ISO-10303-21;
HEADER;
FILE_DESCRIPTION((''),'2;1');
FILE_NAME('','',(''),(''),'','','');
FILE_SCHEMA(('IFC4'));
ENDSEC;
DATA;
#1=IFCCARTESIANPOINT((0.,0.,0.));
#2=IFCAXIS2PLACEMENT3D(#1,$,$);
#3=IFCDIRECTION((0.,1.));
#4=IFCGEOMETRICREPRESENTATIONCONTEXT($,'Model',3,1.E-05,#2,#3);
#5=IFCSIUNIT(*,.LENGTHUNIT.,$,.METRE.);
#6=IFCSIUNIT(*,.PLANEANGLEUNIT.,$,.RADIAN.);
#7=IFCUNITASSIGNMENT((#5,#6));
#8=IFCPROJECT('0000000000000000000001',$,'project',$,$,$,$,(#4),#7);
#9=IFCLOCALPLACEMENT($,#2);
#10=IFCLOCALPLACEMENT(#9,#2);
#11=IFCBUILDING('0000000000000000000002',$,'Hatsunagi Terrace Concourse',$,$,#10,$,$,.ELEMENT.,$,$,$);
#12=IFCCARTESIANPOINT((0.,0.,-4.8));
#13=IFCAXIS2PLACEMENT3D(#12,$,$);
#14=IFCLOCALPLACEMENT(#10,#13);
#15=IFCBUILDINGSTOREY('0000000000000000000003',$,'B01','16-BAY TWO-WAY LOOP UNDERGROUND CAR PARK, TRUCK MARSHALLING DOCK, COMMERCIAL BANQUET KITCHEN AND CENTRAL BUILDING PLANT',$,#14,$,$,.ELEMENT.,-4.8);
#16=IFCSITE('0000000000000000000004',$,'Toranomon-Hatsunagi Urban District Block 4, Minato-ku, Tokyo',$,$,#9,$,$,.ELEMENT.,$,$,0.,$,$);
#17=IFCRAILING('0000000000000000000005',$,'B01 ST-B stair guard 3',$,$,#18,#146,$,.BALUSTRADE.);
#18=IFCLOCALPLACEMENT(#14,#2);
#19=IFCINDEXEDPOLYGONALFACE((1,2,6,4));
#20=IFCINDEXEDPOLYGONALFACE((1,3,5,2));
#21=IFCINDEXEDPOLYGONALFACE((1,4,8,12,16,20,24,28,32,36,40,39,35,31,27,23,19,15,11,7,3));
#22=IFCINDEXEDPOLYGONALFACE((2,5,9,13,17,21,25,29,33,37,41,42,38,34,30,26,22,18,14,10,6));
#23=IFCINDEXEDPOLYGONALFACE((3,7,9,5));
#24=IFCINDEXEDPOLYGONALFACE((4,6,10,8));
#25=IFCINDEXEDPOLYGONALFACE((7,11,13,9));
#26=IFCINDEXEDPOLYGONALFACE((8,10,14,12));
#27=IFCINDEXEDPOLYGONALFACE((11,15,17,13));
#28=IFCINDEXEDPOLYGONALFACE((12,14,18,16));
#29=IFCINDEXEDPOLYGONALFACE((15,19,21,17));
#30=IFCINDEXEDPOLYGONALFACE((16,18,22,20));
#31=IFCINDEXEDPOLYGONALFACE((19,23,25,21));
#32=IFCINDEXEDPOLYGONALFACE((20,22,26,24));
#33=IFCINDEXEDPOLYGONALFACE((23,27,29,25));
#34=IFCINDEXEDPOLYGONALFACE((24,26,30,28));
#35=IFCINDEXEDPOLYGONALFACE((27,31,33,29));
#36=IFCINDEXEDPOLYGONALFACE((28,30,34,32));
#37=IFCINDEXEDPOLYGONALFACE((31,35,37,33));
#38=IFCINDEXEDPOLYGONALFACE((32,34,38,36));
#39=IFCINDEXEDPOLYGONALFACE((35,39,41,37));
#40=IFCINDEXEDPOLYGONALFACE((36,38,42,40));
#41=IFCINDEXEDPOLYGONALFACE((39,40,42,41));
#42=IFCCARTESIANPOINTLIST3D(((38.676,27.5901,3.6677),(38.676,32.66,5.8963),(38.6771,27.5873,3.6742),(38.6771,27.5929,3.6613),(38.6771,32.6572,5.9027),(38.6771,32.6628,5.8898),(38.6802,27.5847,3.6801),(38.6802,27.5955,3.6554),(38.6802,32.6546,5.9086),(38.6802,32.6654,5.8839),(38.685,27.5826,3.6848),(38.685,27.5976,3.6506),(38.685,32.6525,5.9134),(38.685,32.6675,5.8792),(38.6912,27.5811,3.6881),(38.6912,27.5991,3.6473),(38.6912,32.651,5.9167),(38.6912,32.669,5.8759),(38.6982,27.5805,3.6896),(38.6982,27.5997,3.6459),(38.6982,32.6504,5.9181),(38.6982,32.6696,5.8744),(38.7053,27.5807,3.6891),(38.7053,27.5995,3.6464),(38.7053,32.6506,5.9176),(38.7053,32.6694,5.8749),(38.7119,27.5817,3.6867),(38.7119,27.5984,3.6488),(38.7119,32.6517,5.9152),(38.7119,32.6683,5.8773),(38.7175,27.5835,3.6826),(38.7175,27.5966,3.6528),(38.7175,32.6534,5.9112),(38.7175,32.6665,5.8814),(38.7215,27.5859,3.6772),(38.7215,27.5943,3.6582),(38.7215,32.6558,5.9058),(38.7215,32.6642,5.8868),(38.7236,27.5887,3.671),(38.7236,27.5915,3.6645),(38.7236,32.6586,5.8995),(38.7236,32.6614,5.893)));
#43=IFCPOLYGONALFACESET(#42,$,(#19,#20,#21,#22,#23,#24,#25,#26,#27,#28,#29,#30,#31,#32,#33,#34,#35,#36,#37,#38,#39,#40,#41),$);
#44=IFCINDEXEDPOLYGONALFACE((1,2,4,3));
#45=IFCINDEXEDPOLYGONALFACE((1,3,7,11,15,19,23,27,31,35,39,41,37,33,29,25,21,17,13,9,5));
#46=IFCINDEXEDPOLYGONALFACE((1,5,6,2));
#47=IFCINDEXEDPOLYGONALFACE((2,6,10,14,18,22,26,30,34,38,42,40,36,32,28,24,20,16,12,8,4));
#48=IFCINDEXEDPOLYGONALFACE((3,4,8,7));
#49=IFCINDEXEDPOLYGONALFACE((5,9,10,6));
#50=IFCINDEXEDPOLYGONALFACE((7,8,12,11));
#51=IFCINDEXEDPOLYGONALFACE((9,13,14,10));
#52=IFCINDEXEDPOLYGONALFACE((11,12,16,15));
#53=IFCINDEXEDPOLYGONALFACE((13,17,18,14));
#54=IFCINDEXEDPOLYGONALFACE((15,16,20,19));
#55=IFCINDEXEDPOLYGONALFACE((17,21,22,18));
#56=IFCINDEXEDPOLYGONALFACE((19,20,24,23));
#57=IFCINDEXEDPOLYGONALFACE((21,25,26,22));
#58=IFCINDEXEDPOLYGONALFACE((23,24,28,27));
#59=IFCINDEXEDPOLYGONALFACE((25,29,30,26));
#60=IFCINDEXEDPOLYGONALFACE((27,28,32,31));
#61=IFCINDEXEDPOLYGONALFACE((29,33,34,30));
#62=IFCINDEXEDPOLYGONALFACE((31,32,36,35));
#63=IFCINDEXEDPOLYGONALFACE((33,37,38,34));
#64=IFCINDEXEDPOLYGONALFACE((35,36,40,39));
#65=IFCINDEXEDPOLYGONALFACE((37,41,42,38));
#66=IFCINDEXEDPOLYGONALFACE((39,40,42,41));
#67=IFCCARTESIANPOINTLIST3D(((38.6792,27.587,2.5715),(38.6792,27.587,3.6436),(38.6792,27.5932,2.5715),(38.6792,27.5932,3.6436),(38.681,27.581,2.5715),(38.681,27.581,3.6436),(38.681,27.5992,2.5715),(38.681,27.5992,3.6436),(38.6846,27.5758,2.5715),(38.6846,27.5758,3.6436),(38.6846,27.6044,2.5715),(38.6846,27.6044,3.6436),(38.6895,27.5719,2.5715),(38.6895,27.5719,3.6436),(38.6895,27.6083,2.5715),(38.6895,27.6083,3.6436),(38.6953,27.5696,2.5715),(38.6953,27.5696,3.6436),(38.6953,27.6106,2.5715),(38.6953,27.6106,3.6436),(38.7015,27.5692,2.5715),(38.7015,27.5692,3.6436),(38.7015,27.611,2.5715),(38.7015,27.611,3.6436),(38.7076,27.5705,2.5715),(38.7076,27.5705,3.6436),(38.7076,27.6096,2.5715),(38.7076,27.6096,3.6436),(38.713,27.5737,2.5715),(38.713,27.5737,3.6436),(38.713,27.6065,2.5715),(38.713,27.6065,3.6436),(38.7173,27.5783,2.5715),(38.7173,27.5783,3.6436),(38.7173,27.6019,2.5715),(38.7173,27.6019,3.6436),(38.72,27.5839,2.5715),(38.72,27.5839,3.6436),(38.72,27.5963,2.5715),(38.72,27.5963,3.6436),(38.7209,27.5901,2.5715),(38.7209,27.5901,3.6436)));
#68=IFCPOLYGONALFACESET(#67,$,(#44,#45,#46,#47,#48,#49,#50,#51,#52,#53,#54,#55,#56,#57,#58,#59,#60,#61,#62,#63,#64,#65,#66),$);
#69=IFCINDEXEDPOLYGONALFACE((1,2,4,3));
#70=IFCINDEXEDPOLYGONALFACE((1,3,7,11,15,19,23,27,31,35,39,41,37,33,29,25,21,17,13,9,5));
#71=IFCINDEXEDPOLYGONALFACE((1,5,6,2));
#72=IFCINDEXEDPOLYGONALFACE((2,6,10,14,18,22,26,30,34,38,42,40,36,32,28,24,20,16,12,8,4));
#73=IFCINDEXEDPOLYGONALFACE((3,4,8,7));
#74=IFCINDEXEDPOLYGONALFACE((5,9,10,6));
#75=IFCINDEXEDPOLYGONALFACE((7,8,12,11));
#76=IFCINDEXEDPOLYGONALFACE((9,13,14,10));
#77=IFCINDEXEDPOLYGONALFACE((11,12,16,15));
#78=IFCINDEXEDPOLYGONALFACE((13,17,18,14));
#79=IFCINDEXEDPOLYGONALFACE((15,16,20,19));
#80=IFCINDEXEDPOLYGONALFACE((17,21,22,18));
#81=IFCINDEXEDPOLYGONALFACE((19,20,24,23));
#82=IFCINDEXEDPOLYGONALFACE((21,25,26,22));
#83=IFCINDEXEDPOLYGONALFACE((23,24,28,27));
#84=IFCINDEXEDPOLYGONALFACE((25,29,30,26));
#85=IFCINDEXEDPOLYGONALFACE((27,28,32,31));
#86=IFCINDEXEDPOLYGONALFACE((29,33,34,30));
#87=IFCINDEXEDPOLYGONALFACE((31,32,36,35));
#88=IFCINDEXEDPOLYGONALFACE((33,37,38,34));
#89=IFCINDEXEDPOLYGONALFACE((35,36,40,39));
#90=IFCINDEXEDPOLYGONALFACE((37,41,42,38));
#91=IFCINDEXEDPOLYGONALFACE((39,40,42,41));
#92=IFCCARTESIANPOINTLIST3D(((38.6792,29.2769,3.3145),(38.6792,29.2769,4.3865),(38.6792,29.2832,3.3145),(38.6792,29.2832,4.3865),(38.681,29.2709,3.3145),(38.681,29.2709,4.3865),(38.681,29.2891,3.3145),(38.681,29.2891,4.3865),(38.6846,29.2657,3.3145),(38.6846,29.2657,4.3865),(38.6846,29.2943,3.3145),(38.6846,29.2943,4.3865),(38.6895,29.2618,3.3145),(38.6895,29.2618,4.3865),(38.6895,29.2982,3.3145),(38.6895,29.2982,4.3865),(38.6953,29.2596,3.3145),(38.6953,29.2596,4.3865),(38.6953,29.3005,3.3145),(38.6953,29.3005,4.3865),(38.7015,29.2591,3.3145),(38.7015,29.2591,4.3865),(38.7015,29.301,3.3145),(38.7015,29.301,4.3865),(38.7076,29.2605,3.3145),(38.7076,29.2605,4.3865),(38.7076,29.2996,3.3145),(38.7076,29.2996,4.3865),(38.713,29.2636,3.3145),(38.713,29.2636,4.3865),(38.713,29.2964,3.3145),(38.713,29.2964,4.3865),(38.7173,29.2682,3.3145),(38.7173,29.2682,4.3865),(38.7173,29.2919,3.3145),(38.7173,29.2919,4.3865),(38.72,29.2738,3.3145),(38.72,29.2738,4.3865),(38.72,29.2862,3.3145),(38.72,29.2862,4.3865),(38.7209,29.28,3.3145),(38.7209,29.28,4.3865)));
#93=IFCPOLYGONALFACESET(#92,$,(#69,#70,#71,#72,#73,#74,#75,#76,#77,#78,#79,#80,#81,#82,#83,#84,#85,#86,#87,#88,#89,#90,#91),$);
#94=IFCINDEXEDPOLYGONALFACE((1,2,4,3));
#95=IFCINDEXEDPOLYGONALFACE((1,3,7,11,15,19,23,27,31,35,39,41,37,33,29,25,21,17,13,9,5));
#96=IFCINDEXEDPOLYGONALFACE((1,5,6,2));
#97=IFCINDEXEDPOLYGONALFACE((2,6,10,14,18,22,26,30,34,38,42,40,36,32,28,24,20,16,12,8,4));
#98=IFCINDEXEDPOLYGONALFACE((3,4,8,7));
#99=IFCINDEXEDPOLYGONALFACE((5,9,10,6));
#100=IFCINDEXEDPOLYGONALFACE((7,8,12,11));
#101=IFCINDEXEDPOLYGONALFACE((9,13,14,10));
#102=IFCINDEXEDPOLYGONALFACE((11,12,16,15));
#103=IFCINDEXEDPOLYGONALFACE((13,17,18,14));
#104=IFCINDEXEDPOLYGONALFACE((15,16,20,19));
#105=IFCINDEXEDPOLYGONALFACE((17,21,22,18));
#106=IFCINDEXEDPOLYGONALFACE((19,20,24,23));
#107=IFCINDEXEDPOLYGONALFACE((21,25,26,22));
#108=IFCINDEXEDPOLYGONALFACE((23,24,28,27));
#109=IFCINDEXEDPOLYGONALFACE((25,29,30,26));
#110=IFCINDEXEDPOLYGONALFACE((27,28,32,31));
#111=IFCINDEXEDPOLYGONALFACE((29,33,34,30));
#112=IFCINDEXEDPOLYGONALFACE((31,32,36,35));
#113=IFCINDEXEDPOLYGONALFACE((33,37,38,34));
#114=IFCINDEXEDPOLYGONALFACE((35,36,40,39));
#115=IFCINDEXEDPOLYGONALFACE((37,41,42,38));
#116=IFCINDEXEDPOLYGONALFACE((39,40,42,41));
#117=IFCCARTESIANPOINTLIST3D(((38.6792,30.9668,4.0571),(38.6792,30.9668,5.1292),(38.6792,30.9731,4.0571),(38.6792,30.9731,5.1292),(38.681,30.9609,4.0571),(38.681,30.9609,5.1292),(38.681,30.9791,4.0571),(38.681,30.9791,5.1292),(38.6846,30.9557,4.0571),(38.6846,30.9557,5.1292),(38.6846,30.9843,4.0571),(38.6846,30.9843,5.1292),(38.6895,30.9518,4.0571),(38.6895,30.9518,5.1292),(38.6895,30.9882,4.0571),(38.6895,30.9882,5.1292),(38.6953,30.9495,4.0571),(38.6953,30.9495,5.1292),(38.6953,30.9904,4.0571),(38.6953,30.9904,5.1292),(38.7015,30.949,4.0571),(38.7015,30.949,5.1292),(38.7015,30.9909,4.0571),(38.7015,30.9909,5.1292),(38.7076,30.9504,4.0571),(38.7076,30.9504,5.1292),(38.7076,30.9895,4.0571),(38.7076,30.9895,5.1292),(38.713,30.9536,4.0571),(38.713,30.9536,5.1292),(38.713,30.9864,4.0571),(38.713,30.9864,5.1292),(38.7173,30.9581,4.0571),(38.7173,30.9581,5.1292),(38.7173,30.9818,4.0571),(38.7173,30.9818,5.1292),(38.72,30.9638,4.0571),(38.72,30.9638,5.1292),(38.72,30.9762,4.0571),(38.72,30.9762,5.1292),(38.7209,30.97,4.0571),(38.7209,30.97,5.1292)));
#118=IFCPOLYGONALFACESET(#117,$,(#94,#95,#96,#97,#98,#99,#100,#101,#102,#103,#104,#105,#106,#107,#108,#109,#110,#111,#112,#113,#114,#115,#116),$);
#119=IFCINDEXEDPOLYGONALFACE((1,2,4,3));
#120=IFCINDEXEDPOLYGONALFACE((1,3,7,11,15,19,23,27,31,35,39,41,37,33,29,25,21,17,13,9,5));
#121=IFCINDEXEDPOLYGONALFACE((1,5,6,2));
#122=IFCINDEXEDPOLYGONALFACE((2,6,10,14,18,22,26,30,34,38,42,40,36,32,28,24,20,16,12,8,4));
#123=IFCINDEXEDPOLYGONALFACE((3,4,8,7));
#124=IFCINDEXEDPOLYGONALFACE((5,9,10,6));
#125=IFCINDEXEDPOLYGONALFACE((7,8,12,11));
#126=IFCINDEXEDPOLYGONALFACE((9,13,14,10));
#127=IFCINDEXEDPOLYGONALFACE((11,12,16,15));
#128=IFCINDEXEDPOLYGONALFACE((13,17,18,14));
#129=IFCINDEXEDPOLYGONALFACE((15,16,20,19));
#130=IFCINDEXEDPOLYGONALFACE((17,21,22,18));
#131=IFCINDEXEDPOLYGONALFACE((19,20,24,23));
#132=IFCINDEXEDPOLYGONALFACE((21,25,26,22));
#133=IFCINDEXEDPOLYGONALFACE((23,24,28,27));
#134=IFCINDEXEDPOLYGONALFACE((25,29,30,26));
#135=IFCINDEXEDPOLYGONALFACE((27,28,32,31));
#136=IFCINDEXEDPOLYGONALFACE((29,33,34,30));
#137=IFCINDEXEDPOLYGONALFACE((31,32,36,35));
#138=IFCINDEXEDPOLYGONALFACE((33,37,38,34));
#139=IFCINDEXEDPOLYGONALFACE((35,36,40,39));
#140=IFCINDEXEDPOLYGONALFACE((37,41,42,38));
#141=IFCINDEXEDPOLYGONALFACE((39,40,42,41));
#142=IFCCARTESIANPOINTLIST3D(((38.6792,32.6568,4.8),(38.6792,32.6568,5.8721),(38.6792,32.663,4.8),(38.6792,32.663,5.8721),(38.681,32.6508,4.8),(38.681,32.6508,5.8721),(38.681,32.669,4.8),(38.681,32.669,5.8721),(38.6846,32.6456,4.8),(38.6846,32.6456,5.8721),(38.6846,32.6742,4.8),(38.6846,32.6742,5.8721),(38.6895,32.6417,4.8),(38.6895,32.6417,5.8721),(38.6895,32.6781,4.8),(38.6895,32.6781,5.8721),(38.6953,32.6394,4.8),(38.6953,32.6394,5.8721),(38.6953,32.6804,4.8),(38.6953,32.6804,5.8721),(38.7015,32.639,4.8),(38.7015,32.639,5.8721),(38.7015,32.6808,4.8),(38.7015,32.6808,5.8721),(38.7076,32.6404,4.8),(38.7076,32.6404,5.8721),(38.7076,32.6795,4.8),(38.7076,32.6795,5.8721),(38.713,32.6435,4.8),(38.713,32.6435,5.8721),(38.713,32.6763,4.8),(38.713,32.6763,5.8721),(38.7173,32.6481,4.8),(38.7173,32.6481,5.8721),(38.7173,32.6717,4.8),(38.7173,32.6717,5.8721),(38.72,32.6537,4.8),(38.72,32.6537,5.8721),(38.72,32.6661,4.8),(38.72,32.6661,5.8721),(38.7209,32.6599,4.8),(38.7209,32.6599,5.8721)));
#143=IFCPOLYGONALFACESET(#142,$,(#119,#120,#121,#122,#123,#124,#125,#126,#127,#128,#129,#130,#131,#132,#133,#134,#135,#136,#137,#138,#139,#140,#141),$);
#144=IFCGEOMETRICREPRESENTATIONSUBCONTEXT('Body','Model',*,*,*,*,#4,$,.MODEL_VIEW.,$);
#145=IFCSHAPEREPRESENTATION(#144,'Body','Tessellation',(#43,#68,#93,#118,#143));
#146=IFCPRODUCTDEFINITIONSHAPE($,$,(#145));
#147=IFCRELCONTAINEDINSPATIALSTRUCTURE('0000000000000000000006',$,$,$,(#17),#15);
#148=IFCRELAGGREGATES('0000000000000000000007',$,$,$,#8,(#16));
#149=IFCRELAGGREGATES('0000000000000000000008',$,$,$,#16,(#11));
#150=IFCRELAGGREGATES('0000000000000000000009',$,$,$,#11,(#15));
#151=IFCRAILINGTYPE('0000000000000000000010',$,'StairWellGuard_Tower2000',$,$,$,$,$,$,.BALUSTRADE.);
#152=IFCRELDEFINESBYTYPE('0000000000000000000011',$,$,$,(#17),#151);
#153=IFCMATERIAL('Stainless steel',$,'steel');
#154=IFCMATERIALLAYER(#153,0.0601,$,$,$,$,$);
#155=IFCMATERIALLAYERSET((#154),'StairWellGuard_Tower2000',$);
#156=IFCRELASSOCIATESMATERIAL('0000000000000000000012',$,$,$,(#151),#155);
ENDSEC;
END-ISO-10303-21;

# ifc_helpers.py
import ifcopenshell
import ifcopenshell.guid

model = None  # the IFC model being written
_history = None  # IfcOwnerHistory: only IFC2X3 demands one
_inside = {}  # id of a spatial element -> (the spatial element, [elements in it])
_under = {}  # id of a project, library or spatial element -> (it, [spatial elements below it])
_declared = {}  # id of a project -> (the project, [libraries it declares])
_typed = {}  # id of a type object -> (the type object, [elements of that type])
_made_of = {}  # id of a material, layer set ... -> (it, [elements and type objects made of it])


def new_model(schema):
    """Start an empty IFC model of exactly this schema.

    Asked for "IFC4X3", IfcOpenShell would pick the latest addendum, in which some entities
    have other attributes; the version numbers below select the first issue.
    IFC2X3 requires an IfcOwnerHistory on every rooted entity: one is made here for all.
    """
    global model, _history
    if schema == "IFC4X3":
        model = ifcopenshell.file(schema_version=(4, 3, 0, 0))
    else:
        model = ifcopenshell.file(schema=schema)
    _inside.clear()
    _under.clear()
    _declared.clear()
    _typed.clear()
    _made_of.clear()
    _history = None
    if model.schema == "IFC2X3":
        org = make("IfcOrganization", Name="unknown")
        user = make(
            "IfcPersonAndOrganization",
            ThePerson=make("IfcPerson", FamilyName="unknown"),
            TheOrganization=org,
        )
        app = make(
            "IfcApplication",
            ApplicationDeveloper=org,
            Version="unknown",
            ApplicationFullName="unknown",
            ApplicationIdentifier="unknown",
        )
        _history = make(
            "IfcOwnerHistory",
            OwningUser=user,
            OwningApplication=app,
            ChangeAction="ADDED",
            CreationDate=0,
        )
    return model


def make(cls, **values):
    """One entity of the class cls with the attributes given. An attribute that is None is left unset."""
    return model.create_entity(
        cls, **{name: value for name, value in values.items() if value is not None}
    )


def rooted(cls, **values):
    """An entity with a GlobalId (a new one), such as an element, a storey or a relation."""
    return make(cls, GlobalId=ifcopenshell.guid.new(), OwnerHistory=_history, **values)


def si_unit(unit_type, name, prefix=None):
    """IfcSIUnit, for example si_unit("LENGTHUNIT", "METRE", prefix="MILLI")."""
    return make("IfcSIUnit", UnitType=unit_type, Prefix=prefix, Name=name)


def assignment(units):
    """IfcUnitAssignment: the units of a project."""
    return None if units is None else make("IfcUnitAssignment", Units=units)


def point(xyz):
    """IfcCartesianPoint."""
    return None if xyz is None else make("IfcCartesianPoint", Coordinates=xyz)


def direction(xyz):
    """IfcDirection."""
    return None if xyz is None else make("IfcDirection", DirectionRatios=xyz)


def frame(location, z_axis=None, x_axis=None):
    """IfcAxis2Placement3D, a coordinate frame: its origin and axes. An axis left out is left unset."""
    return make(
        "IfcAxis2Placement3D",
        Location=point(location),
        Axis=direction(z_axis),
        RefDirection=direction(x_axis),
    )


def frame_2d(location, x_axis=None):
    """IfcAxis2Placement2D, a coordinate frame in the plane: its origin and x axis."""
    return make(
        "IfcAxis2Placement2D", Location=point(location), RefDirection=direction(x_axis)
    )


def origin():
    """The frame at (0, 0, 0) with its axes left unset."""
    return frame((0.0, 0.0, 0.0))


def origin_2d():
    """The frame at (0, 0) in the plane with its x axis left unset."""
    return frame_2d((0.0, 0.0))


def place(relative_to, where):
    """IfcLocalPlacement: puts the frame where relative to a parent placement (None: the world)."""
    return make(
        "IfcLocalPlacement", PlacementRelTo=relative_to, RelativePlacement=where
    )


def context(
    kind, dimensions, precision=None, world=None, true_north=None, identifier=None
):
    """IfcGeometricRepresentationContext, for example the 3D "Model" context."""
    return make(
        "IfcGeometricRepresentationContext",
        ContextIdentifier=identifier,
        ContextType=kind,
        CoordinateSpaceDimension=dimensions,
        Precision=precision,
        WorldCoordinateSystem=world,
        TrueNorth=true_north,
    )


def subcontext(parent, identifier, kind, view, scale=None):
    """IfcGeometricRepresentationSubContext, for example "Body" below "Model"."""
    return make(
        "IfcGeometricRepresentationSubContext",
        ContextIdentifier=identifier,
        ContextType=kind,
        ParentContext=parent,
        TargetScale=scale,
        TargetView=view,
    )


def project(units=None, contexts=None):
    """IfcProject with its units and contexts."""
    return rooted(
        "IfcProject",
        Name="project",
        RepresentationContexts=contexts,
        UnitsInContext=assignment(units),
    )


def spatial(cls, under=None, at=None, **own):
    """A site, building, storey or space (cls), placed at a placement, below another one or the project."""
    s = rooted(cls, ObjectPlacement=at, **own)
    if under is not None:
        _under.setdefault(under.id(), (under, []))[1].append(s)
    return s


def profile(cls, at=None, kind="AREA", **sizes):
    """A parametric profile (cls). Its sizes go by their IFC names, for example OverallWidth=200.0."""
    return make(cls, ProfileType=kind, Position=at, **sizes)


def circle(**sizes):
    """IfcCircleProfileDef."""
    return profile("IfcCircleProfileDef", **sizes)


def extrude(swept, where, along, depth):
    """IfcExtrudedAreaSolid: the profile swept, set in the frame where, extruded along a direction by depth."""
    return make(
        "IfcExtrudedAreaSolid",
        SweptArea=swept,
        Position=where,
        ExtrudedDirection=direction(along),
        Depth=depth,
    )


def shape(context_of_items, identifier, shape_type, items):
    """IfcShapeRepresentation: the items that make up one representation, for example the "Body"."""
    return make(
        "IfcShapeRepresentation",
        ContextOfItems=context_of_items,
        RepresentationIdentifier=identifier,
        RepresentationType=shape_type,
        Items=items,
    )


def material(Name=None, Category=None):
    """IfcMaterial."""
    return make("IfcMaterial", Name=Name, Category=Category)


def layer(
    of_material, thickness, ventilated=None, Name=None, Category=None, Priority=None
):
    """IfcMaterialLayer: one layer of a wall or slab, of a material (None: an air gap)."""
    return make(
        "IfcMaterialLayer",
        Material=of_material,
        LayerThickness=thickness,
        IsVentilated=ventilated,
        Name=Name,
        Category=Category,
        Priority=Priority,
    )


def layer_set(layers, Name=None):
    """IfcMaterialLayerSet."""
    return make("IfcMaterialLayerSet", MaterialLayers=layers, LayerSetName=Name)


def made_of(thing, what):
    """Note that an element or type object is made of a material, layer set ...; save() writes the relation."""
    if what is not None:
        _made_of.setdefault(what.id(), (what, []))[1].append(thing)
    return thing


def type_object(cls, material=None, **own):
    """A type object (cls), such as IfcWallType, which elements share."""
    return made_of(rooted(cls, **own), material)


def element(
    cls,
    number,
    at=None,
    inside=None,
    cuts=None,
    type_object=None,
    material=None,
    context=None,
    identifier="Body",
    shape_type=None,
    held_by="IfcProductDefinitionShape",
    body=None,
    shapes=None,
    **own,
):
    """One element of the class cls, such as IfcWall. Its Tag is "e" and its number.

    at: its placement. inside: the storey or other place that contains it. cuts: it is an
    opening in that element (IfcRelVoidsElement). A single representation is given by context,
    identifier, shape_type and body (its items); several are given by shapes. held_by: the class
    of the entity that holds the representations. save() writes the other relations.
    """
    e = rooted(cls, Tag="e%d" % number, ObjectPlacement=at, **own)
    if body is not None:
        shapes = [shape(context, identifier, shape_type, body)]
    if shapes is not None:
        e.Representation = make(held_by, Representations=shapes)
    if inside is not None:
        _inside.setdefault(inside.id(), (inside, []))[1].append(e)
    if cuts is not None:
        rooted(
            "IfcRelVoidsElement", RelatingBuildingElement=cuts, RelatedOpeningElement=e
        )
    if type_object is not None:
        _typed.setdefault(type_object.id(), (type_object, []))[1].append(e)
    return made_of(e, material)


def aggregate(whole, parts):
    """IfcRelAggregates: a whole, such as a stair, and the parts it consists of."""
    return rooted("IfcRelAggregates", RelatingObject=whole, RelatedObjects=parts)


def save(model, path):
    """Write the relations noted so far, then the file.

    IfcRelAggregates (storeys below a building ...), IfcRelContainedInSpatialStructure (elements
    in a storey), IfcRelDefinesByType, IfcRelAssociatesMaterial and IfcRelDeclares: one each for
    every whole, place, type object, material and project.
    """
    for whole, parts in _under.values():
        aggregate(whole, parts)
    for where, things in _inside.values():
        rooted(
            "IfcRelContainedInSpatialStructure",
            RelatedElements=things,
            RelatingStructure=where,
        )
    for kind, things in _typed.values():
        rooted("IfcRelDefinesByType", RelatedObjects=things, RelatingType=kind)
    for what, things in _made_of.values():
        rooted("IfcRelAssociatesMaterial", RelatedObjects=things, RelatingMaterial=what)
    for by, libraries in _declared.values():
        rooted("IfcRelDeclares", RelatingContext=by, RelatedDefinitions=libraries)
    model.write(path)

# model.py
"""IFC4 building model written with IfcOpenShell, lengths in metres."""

from ifc_helpers import new_model, si_unit, direction, frame, origin, origin_2d, place, context, subcontext, project, spatial, circle, extrude, material, layer, layer_set, type_object, element, save


model = new_model("IFC4")

# Units and contexts
model_context = context("Model", 3, precision=1e-05, world=origin(), true_north=direction((0.0, 1.0)))
body_context = subcontext(model_context, "Body", "Model", "MODEL_VIEW")
ifc_project = project(units=[si_unit("LENGTHUNIT", "METRE"), si_unit("PLANEANGLEUNIT", "RADIAN")], contexts=[model_context])

# Site, building, storey
site_placement = place(None, origin())
site = spatial("IfcSite", under=ifc_project, at=site_placement, Name="Toranomon-Hatsunagi Urban District Block 4, Minato-ku, Tokyo", CompositionType="ELEMENT", RefElevation=0.0)
building_placement = place(site_placement, origin())
building = spatial("IfcBuilding", under=site, at=building_placement, Name="Hatsunagi Terrace Concourse", CompositionType="ELEMENT")
storey_placement = place(building_placement, frame((0.0, 0.0, -4.8)))
storey = spatial("IfcBuildingStorey", under=building, at=storey_placement, Name="B01", Description="16-BAY TWO-WAY LOOP UNDERGROUND CAR PARK, TRUCK MARSHALLING DOCK, COMMERCIAL BANQUET KITCHEN AND CENTRAL BUILDING PLANT", CompositionType="ELEMENT", Elevation=-4.8)

# Railing
ifc_material_1 = material(Name="Stainless steel", Category="steel")
ifc_layer_1 = layer(ifc_material_1, 0.0601)
ifc_layer_set_1 = layer_set([ifc_layer_1], Name="StairWellGuard_Tower2000")
railing_type_1 = type_object("IfcRailingType", Name="StairWellGuard_Tower2000", PredefinedType="BALUSTRADE", material=ifc_layer_set_1)
railing_1_placement = place(storey_placement, frame((38.7, 27.5901, 2.5715)))
element("IfcRailing", 1, at=railing_1_placement, inside=storey, type_object=railing_type_1, Name="B01 ST-B stair guard 3", PredefinedType="BALUSTRADE", context=body_context, shape_type="SweptSolid", body=[
    extrude(circle(Radius=0.0239, at=origin_2d()), frame((0.0, 0.0, 1.0962), z_axis=(0.0, 0.915462, 0.402405), x_axis=(-1.0, 0.0, 0.0)), (0.0, 0.0, 1.0), 5.5381),
    extrude(circle(Radius=0.021, at=origin_2d()), origin(), (0.0, 0.0, 1.0), 1.072),
    extrude(circle(Radius=0.021, at=origin_2d()), frame((0.0, 1.6899, 0.7429)), (0.0, 0.0, 1.0), 1.072),
    extrude(circle(Radius=0.021, at=origin_2d()), frame((0.0, 3.3799, 1.4856)), (0.0, 0.0, 1.0), 1.072),
    extrude(circle(Radius=0.021, at=origin_2d()), frame((0.0, 5.0698, 2.2285)), (0.0, 0.0, 1.0), 1.072),
])

save(model, "model.ifc")
